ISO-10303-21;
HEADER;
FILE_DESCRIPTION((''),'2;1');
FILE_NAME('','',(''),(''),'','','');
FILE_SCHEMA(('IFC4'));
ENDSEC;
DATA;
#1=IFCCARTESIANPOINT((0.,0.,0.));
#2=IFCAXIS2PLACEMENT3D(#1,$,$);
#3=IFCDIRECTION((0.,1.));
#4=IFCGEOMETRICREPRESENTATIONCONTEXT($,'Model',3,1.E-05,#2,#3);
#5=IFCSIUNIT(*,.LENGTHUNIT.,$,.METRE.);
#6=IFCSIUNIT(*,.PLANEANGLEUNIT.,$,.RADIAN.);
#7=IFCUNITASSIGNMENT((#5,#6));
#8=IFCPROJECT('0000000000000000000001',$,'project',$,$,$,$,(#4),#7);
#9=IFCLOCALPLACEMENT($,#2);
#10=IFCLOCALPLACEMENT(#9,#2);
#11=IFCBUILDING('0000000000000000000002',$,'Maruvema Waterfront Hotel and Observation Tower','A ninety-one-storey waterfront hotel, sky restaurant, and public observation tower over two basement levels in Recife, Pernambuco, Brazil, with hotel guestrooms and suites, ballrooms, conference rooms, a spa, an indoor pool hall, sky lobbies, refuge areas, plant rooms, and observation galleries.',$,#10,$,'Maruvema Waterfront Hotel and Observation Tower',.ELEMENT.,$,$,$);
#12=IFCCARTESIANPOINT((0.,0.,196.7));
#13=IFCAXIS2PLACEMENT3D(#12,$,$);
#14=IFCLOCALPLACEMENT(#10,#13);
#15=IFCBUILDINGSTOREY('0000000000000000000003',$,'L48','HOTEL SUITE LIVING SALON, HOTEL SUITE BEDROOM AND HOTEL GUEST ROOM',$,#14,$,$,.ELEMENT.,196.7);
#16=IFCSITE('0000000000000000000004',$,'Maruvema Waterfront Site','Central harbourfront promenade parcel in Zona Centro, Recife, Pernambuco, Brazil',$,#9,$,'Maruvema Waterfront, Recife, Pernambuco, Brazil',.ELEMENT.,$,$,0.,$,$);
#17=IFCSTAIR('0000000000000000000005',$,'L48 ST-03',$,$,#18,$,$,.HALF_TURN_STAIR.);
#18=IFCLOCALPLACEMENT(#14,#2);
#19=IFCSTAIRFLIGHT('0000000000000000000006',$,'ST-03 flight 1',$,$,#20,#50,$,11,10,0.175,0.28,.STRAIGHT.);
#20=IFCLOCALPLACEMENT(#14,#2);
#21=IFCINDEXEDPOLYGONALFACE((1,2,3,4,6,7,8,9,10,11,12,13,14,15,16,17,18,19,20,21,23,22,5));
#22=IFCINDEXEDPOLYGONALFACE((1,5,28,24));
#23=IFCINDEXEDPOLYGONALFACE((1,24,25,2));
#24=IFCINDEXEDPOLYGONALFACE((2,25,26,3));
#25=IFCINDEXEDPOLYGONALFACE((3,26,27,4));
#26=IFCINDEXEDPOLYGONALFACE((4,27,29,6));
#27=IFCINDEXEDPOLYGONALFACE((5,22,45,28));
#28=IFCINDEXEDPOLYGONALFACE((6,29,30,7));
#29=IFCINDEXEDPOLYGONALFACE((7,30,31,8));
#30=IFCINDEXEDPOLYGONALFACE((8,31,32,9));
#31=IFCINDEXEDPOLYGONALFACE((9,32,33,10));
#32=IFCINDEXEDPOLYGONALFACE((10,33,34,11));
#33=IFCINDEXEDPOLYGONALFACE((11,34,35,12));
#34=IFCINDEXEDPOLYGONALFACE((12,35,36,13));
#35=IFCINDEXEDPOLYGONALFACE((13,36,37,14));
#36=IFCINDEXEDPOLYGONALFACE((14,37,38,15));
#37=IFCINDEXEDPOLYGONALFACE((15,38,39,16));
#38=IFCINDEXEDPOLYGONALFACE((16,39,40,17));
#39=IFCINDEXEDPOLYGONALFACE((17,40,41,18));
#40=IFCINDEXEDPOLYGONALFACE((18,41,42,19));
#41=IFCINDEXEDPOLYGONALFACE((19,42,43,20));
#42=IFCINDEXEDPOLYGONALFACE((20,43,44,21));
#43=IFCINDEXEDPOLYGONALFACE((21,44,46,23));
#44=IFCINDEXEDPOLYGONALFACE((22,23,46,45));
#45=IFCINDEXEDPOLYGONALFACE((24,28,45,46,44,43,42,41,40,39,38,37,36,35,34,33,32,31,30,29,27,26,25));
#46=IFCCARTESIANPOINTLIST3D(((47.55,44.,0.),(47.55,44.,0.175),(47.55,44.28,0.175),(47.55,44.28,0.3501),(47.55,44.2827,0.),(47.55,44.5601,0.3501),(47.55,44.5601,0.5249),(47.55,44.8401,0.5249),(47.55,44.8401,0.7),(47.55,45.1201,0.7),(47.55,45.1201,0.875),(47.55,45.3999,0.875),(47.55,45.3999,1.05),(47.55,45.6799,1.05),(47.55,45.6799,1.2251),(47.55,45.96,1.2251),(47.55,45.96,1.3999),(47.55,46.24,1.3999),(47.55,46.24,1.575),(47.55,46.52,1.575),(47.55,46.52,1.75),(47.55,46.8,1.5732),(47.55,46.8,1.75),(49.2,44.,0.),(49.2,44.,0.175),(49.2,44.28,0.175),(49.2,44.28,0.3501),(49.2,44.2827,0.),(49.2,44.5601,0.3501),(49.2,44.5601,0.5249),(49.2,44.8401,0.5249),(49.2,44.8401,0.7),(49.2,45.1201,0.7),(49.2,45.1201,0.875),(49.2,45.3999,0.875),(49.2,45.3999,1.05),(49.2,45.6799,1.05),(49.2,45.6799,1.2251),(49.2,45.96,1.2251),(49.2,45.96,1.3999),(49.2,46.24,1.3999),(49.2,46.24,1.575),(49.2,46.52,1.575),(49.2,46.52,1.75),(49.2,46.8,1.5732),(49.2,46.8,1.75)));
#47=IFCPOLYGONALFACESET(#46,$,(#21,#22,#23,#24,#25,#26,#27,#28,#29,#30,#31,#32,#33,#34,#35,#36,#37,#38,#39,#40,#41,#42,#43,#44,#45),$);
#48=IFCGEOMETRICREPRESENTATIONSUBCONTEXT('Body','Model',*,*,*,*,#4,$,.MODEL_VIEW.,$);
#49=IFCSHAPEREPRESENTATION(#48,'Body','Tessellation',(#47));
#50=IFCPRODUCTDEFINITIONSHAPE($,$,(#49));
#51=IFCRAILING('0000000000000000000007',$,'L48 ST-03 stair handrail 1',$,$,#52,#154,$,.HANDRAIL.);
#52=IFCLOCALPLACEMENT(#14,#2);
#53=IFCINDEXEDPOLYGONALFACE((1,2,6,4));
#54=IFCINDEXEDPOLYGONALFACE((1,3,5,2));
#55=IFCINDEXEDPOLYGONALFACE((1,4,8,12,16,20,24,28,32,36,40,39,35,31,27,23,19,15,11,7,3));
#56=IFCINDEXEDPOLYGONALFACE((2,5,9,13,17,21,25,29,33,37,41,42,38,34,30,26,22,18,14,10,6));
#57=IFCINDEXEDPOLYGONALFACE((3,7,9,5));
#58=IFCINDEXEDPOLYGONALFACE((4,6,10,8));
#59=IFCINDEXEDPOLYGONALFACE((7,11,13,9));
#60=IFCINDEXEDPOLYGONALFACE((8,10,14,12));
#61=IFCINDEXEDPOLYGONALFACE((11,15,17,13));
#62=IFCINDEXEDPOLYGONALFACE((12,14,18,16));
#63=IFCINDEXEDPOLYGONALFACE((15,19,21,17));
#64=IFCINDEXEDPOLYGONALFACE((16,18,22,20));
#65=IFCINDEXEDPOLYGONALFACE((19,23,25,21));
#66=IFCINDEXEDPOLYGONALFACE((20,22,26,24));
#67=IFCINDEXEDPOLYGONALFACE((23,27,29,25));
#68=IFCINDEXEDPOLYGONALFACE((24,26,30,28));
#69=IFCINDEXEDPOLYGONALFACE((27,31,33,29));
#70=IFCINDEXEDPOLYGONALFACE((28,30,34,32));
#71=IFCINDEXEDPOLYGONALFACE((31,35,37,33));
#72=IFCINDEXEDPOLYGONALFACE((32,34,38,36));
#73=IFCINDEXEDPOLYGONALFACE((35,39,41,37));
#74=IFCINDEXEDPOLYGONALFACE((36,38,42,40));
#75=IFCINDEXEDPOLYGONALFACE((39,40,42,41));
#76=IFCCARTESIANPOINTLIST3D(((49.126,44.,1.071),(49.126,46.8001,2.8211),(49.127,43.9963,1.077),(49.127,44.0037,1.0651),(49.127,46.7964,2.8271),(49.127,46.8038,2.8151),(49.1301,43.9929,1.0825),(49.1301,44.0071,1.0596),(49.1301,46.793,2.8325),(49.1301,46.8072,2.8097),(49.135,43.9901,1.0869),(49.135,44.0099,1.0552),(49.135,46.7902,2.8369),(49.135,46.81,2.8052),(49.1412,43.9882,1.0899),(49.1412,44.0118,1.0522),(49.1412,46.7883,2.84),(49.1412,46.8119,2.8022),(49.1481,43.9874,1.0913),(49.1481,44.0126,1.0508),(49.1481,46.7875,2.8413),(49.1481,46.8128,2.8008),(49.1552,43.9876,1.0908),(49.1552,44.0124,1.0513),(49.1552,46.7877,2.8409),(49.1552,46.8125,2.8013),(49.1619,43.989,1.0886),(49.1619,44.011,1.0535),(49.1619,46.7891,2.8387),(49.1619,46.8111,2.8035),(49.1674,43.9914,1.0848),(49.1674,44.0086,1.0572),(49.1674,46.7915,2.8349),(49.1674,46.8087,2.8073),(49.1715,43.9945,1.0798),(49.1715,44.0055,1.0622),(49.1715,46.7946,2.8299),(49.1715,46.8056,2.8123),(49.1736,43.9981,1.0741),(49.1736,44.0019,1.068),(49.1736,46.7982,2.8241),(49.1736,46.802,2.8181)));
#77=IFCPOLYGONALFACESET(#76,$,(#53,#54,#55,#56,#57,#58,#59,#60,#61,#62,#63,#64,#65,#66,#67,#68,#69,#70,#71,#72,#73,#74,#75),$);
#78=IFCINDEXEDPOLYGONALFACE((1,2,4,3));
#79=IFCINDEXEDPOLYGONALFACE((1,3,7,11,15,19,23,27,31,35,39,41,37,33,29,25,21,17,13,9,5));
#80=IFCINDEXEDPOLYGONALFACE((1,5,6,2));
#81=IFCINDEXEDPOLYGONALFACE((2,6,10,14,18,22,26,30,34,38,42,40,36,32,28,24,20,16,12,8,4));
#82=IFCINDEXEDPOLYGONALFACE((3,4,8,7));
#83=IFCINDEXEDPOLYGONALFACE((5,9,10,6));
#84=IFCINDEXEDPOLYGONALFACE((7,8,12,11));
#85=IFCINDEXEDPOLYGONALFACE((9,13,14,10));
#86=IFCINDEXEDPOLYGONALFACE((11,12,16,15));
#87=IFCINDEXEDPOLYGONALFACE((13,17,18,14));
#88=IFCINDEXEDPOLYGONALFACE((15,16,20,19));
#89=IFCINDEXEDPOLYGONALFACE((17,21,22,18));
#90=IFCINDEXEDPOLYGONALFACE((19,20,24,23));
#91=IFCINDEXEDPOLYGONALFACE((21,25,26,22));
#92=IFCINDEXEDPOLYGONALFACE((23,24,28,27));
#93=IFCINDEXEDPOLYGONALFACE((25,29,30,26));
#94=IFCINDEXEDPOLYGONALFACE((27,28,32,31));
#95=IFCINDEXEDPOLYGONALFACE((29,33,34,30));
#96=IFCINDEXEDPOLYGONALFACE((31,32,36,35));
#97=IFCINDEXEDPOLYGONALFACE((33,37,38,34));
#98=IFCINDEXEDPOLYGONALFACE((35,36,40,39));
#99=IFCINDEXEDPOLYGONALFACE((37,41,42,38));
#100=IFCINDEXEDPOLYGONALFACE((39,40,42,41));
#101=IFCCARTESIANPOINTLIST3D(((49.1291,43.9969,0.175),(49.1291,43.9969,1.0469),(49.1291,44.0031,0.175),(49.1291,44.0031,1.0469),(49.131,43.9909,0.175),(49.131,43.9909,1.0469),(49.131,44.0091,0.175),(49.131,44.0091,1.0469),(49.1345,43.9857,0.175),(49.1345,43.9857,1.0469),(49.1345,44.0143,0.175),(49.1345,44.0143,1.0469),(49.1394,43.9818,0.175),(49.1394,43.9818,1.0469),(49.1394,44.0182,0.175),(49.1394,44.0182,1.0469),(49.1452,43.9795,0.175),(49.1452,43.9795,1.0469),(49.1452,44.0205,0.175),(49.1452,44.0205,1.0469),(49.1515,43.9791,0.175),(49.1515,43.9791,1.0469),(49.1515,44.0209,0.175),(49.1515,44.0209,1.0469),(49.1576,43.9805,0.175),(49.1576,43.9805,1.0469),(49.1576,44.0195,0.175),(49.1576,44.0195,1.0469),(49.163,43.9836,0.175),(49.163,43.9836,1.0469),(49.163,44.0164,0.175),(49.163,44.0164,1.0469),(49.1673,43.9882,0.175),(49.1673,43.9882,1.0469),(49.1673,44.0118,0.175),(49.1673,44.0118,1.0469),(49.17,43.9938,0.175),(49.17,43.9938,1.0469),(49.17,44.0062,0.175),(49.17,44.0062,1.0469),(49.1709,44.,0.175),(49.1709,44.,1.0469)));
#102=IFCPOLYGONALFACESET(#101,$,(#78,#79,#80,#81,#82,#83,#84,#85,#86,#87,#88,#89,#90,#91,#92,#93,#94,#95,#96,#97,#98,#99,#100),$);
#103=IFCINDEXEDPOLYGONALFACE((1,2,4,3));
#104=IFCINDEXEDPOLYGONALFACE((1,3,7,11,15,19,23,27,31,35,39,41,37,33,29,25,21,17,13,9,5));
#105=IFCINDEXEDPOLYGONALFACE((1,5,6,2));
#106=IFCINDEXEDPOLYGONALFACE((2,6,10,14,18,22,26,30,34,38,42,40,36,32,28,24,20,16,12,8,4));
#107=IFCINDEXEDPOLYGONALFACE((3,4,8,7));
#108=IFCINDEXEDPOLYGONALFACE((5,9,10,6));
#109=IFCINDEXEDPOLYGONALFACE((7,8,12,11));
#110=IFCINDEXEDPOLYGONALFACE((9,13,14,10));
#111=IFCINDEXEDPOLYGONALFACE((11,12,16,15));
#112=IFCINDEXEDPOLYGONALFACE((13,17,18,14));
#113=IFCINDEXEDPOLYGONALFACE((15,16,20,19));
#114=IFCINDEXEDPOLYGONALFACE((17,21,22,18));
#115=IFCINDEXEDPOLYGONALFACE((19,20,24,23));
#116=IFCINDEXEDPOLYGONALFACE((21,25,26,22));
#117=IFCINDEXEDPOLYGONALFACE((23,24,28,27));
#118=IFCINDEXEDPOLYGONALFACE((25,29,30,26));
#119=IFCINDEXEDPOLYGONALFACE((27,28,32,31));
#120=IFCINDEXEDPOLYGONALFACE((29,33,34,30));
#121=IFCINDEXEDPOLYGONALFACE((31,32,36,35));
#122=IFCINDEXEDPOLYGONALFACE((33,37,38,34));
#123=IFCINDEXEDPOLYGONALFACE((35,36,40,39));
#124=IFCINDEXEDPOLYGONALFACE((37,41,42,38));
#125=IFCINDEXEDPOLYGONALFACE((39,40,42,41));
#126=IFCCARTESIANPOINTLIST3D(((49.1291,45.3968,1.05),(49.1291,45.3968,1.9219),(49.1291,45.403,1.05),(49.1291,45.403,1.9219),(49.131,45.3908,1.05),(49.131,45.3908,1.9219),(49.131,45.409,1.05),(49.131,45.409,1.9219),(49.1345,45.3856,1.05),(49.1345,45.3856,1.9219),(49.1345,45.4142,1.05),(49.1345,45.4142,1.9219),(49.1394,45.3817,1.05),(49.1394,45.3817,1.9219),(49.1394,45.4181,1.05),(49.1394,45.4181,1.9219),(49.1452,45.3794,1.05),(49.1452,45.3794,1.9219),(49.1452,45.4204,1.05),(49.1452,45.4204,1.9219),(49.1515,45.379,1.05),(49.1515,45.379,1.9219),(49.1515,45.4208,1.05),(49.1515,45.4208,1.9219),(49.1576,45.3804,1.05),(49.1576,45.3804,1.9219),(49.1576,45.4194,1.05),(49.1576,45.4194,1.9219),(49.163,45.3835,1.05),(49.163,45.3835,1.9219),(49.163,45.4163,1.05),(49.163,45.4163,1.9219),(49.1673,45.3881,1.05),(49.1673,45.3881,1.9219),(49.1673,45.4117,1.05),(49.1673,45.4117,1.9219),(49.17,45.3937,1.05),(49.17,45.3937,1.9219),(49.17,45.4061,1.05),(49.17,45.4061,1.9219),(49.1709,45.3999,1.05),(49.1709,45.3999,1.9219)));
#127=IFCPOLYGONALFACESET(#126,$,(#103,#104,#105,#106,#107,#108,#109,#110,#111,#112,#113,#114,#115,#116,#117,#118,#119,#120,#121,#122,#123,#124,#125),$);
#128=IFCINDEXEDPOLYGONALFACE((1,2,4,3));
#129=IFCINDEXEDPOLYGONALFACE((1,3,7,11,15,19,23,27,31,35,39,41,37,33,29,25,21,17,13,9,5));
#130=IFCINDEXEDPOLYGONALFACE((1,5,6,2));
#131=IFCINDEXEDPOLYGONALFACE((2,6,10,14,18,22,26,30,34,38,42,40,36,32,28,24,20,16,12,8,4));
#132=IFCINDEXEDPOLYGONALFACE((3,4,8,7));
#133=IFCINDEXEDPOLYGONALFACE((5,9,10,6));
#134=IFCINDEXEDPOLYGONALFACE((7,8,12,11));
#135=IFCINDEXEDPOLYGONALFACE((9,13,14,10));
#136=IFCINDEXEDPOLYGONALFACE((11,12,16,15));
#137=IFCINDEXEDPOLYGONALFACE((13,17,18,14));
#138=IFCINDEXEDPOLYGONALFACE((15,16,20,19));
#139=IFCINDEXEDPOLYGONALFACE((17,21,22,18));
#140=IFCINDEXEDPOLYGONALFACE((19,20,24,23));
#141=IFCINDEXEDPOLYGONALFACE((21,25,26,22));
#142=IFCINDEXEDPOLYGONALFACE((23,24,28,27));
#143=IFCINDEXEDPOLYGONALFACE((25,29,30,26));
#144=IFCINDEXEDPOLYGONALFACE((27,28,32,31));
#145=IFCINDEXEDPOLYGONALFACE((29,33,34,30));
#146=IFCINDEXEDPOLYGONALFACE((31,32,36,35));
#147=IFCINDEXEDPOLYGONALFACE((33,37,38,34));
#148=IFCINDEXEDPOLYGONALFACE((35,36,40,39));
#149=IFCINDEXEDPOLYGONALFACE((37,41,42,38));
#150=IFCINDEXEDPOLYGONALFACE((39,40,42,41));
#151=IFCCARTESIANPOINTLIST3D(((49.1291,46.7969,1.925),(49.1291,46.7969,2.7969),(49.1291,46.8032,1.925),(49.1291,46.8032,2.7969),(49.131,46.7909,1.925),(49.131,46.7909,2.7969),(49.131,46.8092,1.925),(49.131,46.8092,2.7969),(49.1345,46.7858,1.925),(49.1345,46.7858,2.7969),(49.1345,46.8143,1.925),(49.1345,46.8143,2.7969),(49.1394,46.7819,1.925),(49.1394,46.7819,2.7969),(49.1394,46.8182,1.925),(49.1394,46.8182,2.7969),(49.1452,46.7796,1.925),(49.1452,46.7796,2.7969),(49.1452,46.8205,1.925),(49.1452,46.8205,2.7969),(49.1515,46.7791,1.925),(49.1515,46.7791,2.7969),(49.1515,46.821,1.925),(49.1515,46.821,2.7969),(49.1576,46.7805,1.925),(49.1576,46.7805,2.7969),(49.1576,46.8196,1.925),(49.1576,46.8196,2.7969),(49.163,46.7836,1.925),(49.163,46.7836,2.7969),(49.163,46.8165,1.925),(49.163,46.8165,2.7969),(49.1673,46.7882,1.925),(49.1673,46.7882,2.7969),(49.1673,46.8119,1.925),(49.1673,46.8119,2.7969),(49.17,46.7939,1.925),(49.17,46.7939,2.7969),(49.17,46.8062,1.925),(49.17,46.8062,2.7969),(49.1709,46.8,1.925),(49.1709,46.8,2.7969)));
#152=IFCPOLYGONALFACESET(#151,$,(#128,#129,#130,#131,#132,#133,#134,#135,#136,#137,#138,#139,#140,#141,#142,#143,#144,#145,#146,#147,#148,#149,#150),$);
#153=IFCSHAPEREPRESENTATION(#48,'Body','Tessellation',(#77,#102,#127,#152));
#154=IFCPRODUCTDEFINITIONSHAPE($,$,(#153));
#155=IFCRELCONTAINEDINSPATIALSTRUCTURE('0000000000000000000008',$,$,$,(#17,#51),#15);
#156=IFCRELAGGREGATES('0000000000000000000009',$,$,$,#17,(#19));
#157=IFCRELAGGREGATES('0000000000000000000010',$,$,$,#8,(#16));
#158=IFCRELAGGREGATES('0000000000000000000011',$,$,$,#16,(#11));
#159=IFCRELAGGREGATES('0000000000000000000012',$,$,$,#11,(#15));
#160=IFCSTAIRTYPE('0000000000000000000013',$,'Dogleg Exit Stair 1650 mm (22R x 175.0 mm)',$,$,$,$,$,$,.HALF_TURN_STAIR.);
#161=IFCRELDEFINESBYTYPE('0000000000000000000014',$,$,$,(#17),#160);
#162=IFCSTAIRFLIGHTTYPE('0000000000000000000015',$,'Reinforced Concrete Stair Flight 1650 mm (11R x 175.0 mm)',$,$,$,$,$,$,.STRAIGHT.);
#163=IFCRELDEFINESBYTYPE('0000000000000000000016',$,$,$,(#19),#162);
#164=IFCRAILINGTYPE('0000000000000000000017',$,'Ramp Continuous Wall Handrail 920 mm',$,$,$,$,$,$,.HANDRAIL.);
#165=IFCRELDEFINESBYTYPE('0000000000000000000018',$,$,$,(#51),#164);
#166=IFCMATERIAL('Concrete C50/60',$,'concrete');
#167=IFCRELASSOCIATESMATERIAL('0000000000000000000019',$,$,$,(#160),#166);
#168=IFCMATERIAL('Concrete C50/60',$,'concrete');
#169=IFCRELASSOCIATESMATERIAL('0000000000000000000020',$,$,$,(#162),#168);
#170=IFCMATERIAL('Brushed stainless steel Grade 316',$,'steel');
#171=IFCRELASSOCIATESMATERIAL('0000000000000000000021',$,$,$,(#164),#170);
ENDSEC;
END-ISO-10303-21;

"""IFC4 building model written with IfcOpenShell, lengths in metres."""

from ifc_helpers import new_model, si_unit, direction, frame, origin, origin_2d, place, context, subcontext, project, spatial, polyline, circle, outline, extrude, material, type_object, element, aggregate, save


model = new_model("IFC4")

# Units and contexts
model_context = context("Model", 3, precision=1e-05, world=origin(), true_north=direction((0.0, 1.0)))
body_context = subcontext(model_context, "Body", "Model", "MODEL_VIEW")
ifc_project = project(units=[si_unit("LENGTHUNIT", "METRE"), si_unit("PLANEANGLEUNIT", "RADIAN")], contexts=[model_context])

# Site, building, storey
site_placement = place(None, origin())
site = spatial("IfcSite", under=ifc_project, at=site_placement, Name="Maruvema Waterfront Site", Description="Central harbourfront promenade parcel in Zona Centro, Recife, Pernambuco, Brazil", LongName="Maruvema Waterfront, Recife, Pernambuco, Brazil", CompositionType="ELEMENT", RefElevation=0.0)
building_placement = place(site_placement, origin())
building = spatial("IfcBuilding", under=site, at=building_placement, Name="Maruvema Waterfront Hotel and Observation Tower", Description="A ninety-one-storey waterfront hotel, sky restaurant, and public observation tower over two basement levels in Recife, Pernambuco, Brazil, with hotel guestrooms and suites, ballrooms, conference rooms, a spa, an indoor pool hall, sky lobbies, refuge areas, plant rooms, and observation galleries.", LongName="Maruvema Waterfront Hotel and Observation Tower", CompositionType="ELEMENT")
storey_placement = place(building_placement, frame((0.0, 0.0, 196.7)))
storey = spatial("IfcBuildingStorey", under=building, at=storey_placement, Name="L48", Description="HOTEL SUITE LIVING SALON, HOTEL SUITE BEDROOM AND HOTEL GUEST ROOM", CompositionType="ELEMENT", Elevation=196.7)

# Stair, stair flight
ifc_material_1 = material(Name="Concrete C50/60", Category="concrete")
stair_type = type_object("IfcStairType", Name="Dogleg Exit Stair 1650 mm (22R x 175.0 mm)", PredefinedType="HALF_TURN_STAIR", material=ifc_material_1)
stair_placement = place(storey_placement, origin())
stair = element("IfcStair", 1, at=stair_placement, inside=storey, type_object=stair_type, Name="L48 ST-03", PredefinedType="HALF_TURN_STAIR")
ifc_material_2 = material(Name="Concrete C50/60", Category="concrete")
stair_flight_type = type_object("IfcStairFlightType", Name="Reinforced Concrete Stair Flight 1650 mm (11R x 175.0 mm)", PredefinedType="STRAIGHT", material=ifc_material_2)
stair_flight_placement = place(storey_placement, frame((48.375, 44.0, 0.0), z_axis=(0.0, 0.0, 1.0), x_axis=(0.0, 1.0, 0.0)))
stair_flight = element("IfcStairFlight", 2, at=stair_flight_placement, type_object=stair_flight_type, Name="ST-03 flight 1", NumberOfRisers=11, NumberOfTreads=10, PredefinedType="STRAIGHT", RiserHeight=0.175, TreadLength=0.28, context=body_context, shape_type="SweptSolid", body=[
    extrude(outline(polyline([(0.0, 0.0), (0.0, 0.175), (0.28, 0.175), (0.28, 0.3501), (0.5601, 0.3501), (0.5601, 0.5249), (0.8401, 0.5249), (0.8401, 0.7), (1.1201, 0.7), (1.1201, 0.875), (1.3999, 0.875), (1.3999, 1.05), (1.6799, 1.05), (1.6799, 1.2251), (1.96, 1.2251), (1.96, 1.3999), (2.24, 1.3999), (2.24, 1.575), (2.52, 1.575), (2.52, 1.75), (2.8, 1.75), (2.8, 1.925), (2.8, 1.5732), (0.2827, 0.0), (0.0, 0.0)])), frame((0.0, 0.825, 0.0), z_axis=(0.0, -1.0, 0.0), x_axis=(1.0, 0.0, 0.0)), (0.0, 0.0, 1.0), 1.6499),
])
aggregate(stair, [stair_flight])

# Railing
ifc_material_3 = material(Name="Brushed stainless steel Grade 316", Category="steel")
railing_type_1 = type_object("IfcRailingType", Name="Ramp Continuous Wall Handrail 920 mm", PredefinedType="HANDRAIL", material=ifc_material_3)
railing_1_placement = place(storey_placement, frame((49.1499, 44.0, 0.175)))
element("IfcRailing", 3, at=railing_1_placement, inside=storey, type_object=railing_type_1, Name="L48 ST-03 stair handrail 1", PredefinedType="HANDRAIL", context=body_context, shape_type="SweptSolid", body=[
    extrude(circle(Radius=0.0239, at=origin_2d()), frame((0.0, 0.0, 0.896), z_axis=(0.0, 0.848002, 0.529992), x_axis=(-1.0, 0.0, 0.0)), (0.0, 0.0, 1.0), 3.302),
    extrude(circle(Radius=0.021, at=origin_2d()), origin(), (0.0, 0.0, 1.0), 0.8718),
    extrude(circle(Radius=0.021, at=origin_2d()), frame((0.0, 1.3999, 0.875)), (0.0, 0.0, 1.0), 0.8718),
    extrude(circle(Radius=0.021, at=origin_2d()), frame((0.0, 2.8, 1.75)), (0.0, 0.0, 1.0), 0.8718),
])

save(model, "model.ifc")
